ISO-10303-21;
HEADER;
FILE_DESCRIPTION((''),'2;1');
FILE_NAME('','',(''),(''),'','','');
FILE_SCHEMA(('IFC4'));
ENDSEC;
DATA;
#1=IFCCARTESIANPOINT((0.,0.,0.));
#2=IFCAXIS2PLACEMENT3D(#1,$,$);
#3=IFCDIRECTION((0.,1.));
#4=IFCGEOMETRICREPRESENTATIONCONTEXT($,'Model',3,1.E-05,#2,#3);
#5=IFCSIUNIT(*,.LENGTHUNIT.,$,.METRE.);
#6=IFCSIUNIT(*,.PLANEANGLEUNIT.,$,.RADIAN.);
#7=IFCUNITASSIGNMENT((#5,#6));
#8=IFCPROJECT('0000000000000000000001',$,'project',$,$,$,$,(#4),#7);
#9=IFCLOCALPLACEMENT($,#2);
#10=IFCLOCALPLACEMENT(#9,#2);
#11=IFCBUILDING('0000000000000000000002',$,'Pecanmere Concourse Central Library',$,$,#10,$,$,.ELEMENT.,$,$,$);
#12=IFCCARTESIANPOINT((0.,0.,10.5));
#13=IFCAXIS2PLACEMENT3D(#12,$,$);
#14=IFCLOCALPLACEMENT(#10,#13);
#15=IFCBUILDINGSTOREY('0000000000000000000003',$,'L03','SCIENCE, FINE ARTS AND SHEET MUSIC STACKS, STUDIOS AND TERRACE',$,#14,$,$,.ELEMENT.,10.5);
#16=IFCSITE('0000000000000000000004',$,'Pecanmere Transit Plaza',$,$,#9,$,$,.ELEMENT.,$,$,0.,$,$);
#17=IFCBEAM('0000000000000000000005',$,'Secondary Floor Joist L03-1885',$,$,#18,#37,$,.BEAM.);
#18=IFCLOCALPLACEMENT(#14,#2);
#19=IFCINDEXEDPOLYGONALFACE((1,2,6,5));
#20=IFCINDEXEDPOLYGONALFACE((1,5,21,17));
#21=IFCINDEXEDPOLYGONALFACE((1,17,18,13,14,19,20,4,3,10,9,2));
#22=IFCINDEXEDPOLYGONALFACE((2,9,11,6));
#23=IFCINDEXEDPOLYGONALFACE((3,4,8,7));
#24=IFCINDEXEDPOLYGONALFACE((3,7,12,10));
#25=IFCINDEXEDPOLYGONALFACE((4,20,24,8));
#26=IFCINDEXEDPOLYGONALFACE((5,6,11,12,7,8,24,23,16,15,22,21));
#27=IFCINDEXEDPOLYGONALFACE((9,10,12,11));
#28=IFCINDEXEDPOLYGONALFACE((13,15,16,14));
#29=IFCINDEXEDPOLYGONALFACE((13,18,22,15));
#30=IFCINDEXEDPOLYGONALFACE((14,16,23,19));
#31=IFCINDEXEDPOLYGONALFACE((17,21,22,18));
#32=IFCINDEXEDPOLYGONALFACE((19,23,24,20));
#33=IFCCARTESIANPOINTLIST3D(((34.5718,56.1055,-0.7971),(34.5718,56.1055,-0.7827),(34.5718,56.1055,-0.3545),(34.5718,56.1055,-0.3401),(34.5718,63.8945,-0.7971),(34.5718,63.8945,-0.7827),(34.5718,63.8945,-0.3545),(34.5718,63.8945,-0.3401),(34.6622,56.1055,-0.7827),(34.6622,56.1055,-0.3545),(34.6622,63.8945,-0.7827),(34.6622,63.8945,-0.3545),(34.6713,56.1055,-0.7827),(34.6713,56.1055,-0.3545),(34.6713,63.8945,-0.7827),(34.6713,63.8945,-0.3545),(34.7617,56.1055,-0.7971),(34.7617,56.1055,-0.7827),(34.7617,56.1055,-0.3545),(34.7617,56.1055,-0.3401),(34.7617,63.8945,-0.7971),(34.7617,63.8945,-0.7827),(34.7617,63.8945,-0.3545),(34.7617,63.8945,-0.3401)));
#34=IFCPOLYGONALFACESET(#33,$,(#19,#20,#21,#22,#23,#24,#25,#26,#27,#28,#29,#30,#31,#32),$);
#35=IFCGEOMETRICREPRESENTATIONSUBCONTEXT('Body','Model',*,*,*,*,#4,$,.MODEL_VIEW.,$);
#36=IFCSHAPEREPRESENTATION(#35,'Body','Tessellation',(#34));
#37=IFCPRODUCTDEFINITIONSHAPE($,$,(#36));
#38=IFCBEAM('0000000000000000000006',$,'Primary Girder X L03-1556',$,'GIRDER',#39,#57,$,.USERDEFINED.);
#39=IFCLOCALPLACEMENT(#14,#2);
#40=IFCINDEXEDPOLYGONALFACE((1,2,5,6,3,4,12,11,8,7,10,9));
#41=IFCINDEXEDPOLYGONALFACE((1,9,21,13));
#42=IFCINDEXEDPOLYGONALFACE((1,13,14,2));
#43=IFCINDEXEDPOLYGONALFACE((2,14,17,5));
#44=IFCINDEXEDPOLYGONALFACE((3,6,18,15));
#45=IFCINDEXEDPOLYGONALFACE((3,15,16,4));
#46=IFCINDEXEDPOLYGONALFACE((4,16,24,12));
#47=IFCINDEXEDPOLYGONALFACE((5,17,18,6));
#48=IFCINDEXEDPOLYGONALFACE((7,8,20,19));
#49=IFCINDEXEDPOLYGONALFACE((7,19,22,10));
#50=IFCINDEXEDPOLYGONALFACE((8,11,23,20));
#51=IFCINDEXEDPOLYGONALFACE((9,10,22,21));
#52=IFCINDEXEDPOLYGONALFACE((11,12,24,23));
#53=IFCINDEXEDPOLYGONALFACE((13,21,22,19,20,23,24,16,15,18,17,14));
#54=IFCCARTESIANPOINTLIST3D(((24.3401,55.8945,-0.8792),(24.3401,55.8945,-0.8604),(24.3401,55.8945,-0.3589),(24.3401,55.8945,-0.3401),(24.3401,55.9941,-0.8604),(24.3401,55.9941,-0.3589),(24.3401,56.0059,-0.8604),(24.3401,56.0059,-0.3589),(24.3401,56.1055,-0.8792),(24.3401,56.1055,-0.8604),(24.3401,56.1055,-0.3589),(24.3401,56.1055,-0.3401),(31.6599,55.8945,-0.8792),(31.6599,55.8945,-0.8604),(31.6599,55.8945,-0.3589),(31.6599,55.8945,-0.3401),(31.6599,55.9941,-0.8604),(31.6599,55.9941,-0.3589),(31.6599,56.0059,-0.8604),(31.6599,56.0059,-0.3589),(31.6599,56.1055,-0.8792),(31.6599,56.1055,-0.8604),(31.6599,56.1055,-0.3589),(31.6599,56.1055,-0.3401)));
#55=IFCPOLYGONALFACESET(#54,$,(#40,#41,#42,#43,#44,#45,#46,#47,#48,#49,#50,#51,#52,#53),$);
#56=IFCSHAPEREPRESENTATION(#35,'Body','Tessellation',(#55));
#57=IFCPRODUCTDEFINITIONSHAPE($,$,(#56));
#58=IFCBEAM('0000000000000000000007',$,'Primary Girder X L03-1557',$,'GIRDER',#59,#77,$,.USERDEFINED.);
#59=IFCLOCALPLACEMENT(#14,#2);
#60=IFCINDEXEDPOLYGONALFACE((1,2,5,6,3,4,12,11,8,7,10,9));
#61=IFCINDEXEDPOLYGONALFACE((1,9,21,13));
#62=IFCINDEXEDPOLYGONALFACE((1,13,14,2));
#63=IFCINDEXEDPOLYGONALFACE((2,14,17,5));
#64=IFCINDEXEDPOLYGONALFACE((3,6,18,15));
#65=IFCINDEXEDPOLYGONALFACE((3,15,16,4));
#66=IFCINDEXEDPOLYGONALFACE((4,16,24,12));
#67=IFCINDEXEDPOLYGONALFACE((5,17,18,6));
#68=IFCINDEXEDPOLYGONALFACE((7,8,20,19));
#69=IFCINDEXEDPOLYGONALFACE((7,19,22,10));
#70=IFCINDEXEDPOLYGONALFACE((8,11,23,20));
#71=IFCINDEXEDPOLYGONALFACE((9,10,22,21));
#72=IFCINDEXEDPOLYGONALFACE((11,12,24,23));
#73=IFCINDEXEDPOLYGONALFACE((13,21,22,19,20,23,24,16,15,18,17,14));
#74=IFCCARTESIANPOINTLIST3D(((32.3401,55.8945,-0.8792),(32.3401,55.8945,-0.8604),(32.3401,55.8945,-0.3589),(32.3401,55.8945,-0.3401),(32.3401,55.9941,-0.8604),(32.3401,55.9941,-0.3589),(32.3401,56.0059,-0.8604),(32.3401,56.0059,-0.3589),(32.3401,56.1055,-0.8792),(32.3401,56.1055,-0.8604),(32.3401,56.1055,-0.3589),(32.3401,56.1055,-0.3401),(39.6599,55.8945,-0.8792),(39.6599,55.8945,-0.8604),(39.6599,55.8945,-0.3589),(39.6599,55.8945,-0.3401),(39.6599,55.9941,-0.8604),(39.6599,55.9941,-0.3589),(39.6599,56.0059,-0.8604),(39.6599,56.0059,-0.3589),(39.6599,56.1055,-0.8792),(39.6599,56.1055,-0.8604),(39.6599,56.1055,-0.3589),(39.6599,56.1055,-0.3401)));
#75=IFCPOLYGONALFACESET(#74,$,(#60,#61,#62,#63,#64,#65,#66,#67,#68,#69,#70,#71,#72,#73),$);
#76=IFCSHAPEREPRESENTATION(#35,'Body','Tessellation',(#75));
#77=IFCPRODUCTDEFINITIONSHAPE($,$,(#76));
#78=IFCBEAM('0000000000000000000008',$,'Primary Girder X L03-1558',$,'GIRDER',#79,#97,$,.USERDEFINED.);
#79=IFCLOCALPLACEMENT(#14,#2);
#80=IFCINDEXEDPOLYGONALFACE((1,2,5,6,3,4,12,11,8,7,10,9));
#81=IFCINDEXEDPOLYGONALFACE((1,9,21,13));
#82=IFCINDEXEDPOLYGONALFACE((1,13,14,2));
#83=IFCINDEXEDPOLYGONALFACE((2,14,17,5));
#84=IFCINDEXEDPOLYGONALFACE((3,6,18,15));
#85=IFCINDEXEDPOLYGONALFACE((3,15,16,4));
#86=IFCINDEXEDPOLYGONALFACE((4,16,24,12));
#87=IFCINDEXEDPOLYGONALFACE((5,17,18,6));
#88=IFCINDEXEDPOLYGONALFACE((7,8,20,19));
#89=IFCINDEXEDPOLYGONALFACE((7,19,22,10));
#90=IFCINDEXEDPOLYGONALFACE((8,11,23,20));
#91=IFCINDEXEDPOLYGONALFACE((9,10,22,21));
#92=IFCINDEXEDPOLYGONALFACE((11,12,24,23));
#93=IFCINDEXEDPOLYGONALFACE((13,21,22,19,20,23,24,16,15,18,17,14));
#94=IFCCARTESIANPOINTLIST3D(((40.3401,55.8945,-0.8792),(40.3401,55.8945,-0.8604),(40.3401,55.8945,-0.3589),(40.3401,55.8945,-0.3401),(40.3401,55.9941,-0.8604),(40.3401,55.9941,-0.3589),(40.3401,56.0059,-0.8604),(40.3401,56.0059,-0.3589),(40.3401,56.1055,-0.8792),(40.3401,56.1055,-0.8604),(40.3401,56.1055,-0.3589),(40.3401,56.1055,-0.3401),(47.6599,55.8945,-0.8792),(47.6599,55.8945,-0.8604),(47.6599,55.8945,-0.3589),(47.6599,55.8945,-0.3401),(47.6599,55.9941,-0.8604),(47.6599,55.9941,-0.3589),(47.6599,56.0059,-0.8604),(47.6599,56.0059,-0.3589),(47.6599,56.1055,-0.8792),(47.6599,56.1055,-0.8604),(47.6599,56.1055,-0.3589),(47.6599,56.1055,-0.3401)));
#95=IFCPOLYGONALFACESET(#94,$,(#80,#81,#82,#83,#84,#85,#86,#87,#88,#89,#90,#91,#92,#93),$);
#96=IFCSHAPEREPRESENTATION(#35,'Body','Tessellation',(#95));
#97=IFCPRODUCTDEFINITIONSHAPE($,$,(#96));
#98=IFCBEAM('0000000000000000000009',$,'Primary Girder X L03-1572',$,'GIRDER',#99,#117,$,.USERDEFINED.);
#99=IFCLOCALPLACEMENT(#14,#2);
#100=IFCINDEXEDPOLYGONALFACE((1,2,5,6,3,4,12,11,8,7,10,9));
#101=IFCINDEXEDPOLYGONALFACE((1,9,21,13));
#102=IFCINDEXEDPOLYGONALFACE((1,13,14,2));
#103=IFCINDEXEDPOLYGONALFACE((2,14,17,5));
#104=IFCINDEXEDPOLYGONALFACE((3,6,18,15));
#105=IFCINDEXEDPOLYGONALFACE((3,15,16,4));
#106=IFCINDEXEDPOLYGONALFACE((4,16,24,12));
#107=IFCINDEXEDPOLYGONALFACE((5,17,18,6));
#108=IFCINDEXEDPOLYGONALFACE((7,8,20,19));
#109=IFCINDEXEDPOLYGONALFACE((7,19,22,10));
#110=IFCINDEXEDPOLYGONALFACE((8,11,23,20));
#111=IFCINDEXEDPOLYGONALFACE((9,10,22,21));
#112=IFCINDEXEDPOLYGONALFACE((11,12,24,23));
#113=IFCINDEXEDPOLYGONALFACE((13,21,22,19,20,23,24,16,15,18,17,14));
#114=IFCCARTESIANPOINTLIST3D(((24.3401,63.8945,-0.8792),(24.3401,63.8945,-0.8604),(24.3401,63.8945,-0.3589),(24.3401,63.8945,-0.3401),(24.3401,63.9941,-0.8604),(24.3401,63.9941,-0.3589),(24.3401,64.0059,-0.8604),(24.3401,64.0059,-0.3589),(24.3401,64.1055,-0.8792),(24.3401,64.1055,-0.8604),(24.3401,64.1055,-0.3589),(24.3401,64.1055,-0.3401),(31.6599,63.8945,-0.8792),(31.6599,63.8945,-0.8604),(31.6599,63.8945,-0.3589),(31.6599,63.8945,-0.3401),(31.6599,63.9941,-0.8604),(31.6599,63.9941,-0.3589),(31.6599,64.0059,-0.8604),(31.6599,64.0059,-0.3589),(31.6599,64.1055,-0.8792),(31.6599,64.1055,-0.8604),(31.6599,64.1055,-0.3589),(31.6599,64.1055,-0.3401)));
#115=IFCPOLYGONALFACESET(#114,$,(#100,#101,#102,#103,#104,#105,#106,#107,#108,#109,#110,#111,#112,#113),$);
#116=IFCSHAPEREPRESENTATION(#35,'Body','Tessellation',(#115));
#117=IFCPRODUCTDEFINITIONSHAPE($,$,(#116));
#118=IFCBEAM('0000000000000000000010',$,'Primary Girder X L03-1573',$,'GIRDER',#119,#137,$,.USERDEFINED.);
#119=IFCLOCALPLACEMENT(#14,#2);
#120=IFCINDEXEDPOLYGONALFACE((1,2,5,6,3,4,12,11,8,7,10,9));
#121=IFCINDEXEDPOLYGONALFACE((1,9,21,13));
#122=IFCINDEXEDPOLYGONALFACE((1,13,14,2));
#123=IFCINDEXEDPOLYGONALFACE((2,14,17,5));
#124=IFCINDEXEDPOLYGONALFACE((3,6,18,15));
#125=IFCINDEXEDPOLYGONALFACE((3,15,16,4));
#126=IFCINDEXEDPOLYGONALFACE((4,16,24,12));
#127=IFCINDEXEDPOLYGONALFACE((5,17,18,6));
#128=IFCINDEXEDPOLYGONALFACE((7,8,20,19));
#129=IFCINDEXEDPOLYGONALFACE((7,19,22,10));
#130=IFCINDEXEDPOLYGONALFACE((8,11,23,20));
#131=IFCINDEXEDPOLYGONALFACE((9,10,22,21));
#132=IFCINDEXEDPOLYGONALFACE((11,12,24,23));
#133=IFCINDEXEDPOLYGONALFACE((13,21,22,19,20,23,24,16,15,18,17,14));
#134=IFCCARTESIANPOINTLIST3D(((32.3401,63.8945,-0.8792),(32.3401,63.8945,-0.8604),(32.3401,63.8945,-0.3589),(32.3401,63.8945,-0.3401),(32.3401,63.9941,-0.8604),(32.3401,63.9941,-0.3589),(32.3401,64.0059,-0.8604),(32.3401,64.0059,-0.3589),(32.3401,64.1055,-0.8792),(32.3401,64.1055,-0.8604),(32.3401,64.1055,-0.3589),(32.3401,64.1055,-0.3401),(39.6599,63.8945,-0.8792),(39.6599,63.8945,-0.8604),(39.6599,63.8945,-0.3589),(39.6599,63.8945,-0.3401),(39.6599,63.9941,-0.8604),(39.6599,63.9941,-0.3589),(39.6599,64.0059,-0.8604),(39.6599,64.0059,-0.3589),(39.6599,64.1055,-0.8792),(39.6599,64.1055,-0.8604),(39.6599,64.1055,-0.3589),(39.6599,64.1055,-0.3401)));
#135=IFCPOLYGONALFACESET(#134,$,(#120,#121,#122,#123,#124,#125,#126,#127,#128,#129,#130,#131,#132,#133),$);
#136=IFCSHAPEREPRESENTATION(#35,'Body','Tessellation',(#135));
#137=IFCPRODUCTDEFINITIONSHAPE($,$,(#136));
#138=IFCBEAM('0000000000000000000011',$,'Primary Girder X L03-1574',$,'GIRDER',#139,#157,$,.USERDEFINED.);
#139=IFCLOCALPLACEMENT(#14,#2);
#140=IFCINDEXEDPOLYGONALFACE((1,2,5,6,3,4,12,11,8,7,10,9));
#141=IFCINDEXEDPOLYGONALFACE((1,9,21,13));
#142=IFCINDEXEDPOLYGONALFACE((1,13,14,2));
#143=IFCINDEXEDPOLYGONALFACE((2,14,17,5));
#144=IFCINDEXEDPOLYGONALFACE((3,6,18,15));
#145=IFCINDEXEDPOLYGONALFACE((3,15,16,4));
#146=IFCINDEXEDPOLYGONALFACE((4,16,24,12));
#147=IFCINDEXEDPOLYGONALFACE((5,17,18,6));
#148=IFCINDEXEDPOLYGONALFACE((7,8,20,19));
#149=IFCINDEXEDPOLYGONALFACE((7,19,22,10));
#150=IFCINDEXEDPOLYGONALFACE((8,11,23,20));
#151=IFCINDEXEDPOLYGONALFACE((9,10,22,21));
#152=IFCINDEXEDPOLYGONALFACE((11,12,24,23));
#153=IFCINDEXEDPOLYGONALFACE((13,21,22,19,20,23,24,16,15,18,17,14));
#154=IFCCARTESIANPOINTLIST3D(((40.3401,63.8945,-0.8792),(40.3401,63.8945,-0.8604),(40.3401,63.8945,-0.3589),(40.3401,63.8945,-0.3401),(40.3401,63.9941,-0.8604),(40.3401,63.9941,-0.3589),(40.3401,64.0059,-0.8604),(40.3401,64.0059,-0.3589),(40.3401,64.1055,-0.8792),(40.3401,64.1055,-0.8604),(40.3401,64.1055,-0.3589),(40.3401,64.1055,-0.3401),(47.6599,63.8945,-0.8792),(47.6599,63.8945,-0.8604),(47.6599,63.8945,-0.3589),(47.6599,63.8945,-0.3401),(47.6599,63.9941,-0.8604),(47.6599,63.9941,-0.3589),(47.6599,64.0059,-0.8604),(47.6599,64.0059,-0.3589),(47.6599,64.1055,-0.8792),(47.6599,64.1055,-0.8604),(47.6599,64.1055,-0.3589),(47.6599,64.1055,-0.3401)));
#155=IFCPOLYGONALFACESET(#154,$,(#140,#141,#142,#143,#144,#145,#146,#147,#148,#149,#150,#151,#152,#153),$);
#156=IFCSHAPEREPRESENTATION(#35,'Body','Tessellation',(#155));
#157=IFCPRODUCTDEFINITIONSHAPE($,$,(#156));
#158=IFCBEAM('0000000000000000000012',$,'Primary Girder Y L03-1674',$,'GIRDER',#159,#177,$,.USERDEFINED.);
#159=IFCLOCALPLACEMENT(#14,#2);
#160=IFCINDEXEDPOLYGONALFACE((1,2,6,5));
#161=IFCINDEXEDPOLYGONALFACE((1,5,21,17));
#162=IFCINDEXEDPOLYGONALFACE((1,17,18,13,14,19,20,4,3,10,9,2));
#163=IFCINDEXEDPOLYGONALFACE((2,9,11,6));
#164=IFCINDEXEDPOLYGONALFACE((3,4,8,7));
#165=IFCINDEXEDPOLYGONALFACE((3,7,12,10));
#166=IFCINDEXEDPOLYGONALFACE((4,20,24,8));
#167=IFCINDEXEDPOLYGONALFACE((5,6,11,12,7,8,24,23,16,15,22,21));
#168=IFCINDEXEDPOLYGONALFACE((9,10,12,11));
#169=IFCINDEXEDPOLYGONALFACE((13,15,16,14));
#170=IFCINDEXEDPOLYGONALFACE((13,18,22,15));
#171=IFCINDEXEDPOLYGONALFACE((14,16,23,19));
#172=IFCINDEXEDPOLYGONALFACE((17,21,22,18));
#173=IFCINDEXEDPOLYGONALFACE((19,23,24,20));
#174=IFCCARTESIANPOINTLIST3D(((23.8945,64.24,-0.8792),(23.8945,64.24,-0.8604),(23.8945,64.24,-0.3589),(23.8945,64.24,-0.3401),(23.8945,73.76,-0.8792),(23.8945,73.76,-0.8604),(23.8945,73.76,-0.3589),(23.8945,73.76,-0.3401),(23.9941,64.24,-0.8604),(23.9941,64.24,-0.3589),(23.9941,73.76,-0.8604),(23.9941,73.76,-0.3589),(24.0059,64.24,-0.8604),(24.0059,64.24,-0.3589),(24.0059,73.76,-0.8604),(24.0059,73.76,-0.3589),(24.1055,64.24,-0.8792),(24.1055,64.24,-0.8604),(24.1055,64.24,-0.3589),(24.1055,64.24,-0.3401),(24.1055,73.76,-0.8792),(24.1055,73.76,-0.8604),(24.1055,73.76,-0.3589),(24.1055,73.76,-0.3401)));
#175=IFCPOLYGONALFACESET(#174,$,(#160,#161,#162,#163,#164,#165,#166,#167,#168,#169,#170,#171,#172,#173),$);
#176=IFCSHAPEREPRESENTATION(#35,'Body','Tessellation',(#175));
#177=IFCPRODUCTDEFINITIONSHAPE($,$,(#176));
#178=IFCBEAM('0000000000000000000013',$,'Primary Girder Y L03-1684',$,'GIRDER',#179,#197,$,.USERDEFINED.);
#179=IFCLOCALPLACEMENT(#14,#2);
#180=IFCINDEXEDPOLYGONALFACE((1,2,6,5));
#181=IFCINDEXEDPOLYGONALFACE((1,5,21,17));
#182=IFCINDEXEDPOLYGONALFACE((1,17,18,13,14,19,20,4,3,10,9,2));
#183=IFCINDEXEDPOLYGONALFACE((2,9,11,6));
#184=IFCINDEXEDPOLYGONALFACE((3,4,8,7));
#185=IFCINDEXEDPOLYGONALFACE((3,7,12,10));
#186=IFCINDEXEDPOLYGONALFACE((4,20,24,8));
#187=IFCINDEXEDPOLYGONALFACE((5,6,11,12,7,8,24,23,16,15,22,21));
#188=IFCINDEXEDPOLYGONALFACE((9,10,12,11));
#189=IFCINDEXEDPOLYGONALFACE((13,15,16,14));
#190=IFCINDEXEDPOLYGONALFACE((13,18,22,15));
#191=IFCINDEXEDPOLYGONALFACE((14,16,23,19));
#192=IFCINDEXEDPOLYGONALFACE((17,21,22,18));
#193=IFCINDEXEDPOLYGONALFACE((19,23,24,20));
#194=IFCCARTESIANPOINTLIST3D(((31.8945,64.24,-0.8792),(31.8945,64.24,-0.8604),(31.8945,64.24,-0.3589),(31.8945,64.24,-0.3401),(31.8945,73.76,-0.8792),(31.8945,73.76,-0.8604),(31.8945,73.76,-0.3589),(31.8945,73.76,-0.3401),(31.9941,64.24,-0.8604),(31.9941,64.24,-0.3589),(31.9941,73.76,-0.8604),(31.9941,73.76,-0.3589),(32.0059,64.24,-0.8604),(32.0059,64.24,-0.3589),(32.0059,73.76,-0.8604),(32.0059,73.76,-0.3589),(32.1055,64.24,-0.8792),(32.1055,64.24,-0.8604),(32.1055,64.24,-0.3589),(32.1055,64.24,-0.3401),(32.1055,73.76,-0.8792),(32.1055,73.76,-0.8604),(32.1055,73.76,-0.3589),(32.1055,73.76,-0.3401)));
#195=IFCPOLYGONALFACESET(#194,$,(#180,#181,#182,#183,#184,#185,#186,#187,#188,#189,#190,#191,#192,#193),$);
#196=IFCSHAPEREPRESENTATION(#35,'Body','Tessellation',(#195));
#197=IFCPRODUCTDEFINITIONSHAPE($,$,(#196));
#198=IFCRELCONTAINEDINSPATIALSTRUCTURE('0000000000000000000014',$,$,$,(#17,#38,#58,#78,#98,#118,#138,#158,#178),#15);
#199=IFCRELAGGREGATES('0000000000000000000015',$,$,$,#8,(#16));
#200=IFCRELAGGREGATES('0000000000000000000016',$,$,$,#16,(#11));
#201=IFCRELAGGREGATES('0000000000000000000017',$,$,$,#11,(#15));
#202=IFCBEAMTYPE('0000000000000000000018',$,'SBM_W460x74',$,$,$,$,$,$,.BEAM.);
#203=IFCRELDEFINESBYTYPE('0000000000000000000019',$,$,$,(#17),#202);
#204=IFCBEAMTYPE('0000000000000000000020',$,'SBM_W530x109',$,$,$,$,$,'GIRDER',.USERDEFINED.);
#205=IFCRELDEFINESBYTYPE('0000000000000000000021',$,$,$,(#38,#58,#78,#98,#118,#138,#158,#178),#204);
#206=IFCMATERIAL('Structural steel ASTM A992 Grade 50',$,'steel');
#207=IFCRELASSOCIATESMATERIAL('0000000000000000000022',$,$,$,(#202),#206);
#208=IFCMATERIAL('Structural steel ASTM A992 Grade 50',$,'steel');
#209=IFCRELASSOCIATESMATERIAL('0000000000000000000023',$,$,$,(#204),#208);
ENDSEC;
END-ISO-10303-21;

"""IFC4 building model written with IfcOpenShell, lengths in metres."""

from ifc_helpers import new_model, si_unit, direction, frame, origin, origin_2d, place, context, subcontext, project, spatial, i_section, extrude, material, material_profile, profile_set, type_object, element, save


model = new_model("IFC4")

# Units and contexts
model_context = context("Model", 3, precision=1e-05, world=origin(), true_north=direction((0.0, 1.0)))
body_context = subcontext(model_context, "Body", "Model", "MODEL_VIEW")
ifc_project = project(units=[si_unit("LENGTHUNIT", "METRE"), si_unit("PLANEANGLEUNIT", "RADIAN")], contexts=[model_context])

# Site, building, storey
site_placement = place(None, origin())
site = spatial("IfcSite", under=ifc_project, at=site_placement, Name="Pecanmere Transit Plaza", CompositionType="ELEMENT", RefElevation=0.0)
building_placement = place(site_placement, origin())
building = spatial("IfcBuilding", under=site, at=building_placement, Name="Pecanmere Concourse Central Library", CompositionType="ELEMENT")
storey_placement = place(building_placement, frame((0.0, 0.0, 10.5)))
storey = spatial("IfcBuildingStorey", under=building, at=storey_placement, Name="L03", Description="SCIENCE, FINE ARTS AND SHEET MUSIC STACKS, STUDIOS AND TERRACE", CompositionType="ELEMENT", Elevation=10.5)

# Beams
ifc_material_1 = material(Name="Structural steel ASTM A992 Grade 50", Category="steel")
ifc_material_profile_1 = material_profile(ifc_material_1, i_section(OverallWidth=0.1899, OverallDepth=0.457, WebThickness=0.009, FlangeThickness=0.0144, at=origin_2d()), Name="W460x74")
ifc_profile_set_1 = profile_set([ifc_material_profile_1], Name="Structural steel ASTM A992 Grade 50")
beam_type_1 = type_object("IfcBeamType", Name="SBM_W460x74", PredefinedType="BEAM", material=ifc_profile_set_1)
beam_1_placement = place(storey_placement, frame((34.6667, 56.1055, -0.5686), z_axis=(0.0, 1.0, 0.0), x_axis=(-1.0, 0.0, 0.0)))
element("IfcBeam", 1, at=beam_1_placement, inside=storey, type_object=beam_type_1, Name="Secondary Floor Joist L03-1885", PredefinedType="BEAM", context=body_context, shape_type="SweptSolid", body=[
    extrude(i_section(OverallWidth=0.1899, OverallDepth=0.457, WebThickness=0.009, FlangeThickness=0.0144, at=origin_2d()), origin(), (0.0, 0.0, 1.0), 7.7891),
])
ifc_material_2 = material(Name="Structural steel ASTM A992 Grade 50", Category="steel")
ifc_material_profile_2 = material_profile(ifc_material_2, i_section(OverallWidth=0.2109, OverallDepth=0.5391, WebThickness=0.0117, FlangeThickness=0.0188, at=origin_2d()), Name="W530x109")
ifc_profile_set_2 = profile_set([ifc_material_profile_2], Name="Structural steel ASTM A992 Grade 50")
beam_type_2 = type_object("IfcBeamType", Name="SBM_W530x109", ElementType="GIRDER", PredefinedType="USERDEFINED", material=ifc_profile_set_2)
for number, where, z_axis, x_axis, name in (
    (2, (24.3401, 56.0, -0.6096), (1.0, 0.0, 0.0), (0.0, 1.0, 0.0), "Primary Girder X L03-1556"),
    (3, (32.3401, 56.0, -0.6096), (1.0, 0.0, 0.0), (0.0, 1.0, 0.0), "Primary Girder X L03-1557"),
    (4, (40.3401, 56.0, -0.6096), (1.0, 0.0, 0.0), (0.0, 1.0, 0.0), "Primary Girder X L03-1558"),
    (5, (24.3401, 64.0, -0.6096), (1.0, 0.0, 0.0), (0.0, 1.0, 0.0), "Primary Girder X L03-1572"),
    (6, (32.3401, 64.0, -0.6096), (1.0, 0.0, 0.0), (0.0, 1.0, 0.0), "Primary Girder X L03-1573"),
    (7, (40.3401, 64.0, -0.6096), (1.0, 0.0, 0.0), (0.0, 1.0, 0.0), "Primary Girder X L03-1574"),
):
    element("IfcBeam", number, at=place(storey_placement, frame(where, z_axis=z_axis, x_axis=x_axis)), inside=storey, type_object=beam_type_2, Name=name, ObjectType="GIRDER", PredefinedType="USERDEFINED", context=body_context, shape_type="SweptSolid", body=[
        extrude(i_section(OverallWidth=0.2109, OverallDepth=0.5391, WebThickness=0.0117, FlangeThickness=0.0188, at=origin_2d()), origin(), (0.0, 0.0, 1.0), 7.3198),
    ])
for number, where, z_axis, x_axis, name in (
    (8, (24.0, 64.24, -0.6096), (0.0, 1.0, 0.0), (-1.0, 0.0, 0.0), "Primary Girder Y L03-1674"),
    (9, (32.0, 64.24, -0.6096), (0.0, 1.0, 0.0), (-1.0, 0.0, 0.0), "Primary Girder Y L03-1684"),
):
    element("IfcBeam", number, at=place(storey_placement, frame(where, z_axis=z_axis, x_axis=x_axis)), inside=storey, type_object=beam_type_2, Name=name, ObjectType="GIRDER", PredefinedType="USERDEFINED", context=body_context, shape_type="SweptSolid", body=[
        extrude(i_section(OverallWidth=0.2109, OverallDepth=0.5391, WebThickness=0.0117, FlangeThickness=0.0188, at=origin_2d()), origin(), (0.0, 0.0, 1.0), 9.52),
    ])

save(model, "model.ifc")
